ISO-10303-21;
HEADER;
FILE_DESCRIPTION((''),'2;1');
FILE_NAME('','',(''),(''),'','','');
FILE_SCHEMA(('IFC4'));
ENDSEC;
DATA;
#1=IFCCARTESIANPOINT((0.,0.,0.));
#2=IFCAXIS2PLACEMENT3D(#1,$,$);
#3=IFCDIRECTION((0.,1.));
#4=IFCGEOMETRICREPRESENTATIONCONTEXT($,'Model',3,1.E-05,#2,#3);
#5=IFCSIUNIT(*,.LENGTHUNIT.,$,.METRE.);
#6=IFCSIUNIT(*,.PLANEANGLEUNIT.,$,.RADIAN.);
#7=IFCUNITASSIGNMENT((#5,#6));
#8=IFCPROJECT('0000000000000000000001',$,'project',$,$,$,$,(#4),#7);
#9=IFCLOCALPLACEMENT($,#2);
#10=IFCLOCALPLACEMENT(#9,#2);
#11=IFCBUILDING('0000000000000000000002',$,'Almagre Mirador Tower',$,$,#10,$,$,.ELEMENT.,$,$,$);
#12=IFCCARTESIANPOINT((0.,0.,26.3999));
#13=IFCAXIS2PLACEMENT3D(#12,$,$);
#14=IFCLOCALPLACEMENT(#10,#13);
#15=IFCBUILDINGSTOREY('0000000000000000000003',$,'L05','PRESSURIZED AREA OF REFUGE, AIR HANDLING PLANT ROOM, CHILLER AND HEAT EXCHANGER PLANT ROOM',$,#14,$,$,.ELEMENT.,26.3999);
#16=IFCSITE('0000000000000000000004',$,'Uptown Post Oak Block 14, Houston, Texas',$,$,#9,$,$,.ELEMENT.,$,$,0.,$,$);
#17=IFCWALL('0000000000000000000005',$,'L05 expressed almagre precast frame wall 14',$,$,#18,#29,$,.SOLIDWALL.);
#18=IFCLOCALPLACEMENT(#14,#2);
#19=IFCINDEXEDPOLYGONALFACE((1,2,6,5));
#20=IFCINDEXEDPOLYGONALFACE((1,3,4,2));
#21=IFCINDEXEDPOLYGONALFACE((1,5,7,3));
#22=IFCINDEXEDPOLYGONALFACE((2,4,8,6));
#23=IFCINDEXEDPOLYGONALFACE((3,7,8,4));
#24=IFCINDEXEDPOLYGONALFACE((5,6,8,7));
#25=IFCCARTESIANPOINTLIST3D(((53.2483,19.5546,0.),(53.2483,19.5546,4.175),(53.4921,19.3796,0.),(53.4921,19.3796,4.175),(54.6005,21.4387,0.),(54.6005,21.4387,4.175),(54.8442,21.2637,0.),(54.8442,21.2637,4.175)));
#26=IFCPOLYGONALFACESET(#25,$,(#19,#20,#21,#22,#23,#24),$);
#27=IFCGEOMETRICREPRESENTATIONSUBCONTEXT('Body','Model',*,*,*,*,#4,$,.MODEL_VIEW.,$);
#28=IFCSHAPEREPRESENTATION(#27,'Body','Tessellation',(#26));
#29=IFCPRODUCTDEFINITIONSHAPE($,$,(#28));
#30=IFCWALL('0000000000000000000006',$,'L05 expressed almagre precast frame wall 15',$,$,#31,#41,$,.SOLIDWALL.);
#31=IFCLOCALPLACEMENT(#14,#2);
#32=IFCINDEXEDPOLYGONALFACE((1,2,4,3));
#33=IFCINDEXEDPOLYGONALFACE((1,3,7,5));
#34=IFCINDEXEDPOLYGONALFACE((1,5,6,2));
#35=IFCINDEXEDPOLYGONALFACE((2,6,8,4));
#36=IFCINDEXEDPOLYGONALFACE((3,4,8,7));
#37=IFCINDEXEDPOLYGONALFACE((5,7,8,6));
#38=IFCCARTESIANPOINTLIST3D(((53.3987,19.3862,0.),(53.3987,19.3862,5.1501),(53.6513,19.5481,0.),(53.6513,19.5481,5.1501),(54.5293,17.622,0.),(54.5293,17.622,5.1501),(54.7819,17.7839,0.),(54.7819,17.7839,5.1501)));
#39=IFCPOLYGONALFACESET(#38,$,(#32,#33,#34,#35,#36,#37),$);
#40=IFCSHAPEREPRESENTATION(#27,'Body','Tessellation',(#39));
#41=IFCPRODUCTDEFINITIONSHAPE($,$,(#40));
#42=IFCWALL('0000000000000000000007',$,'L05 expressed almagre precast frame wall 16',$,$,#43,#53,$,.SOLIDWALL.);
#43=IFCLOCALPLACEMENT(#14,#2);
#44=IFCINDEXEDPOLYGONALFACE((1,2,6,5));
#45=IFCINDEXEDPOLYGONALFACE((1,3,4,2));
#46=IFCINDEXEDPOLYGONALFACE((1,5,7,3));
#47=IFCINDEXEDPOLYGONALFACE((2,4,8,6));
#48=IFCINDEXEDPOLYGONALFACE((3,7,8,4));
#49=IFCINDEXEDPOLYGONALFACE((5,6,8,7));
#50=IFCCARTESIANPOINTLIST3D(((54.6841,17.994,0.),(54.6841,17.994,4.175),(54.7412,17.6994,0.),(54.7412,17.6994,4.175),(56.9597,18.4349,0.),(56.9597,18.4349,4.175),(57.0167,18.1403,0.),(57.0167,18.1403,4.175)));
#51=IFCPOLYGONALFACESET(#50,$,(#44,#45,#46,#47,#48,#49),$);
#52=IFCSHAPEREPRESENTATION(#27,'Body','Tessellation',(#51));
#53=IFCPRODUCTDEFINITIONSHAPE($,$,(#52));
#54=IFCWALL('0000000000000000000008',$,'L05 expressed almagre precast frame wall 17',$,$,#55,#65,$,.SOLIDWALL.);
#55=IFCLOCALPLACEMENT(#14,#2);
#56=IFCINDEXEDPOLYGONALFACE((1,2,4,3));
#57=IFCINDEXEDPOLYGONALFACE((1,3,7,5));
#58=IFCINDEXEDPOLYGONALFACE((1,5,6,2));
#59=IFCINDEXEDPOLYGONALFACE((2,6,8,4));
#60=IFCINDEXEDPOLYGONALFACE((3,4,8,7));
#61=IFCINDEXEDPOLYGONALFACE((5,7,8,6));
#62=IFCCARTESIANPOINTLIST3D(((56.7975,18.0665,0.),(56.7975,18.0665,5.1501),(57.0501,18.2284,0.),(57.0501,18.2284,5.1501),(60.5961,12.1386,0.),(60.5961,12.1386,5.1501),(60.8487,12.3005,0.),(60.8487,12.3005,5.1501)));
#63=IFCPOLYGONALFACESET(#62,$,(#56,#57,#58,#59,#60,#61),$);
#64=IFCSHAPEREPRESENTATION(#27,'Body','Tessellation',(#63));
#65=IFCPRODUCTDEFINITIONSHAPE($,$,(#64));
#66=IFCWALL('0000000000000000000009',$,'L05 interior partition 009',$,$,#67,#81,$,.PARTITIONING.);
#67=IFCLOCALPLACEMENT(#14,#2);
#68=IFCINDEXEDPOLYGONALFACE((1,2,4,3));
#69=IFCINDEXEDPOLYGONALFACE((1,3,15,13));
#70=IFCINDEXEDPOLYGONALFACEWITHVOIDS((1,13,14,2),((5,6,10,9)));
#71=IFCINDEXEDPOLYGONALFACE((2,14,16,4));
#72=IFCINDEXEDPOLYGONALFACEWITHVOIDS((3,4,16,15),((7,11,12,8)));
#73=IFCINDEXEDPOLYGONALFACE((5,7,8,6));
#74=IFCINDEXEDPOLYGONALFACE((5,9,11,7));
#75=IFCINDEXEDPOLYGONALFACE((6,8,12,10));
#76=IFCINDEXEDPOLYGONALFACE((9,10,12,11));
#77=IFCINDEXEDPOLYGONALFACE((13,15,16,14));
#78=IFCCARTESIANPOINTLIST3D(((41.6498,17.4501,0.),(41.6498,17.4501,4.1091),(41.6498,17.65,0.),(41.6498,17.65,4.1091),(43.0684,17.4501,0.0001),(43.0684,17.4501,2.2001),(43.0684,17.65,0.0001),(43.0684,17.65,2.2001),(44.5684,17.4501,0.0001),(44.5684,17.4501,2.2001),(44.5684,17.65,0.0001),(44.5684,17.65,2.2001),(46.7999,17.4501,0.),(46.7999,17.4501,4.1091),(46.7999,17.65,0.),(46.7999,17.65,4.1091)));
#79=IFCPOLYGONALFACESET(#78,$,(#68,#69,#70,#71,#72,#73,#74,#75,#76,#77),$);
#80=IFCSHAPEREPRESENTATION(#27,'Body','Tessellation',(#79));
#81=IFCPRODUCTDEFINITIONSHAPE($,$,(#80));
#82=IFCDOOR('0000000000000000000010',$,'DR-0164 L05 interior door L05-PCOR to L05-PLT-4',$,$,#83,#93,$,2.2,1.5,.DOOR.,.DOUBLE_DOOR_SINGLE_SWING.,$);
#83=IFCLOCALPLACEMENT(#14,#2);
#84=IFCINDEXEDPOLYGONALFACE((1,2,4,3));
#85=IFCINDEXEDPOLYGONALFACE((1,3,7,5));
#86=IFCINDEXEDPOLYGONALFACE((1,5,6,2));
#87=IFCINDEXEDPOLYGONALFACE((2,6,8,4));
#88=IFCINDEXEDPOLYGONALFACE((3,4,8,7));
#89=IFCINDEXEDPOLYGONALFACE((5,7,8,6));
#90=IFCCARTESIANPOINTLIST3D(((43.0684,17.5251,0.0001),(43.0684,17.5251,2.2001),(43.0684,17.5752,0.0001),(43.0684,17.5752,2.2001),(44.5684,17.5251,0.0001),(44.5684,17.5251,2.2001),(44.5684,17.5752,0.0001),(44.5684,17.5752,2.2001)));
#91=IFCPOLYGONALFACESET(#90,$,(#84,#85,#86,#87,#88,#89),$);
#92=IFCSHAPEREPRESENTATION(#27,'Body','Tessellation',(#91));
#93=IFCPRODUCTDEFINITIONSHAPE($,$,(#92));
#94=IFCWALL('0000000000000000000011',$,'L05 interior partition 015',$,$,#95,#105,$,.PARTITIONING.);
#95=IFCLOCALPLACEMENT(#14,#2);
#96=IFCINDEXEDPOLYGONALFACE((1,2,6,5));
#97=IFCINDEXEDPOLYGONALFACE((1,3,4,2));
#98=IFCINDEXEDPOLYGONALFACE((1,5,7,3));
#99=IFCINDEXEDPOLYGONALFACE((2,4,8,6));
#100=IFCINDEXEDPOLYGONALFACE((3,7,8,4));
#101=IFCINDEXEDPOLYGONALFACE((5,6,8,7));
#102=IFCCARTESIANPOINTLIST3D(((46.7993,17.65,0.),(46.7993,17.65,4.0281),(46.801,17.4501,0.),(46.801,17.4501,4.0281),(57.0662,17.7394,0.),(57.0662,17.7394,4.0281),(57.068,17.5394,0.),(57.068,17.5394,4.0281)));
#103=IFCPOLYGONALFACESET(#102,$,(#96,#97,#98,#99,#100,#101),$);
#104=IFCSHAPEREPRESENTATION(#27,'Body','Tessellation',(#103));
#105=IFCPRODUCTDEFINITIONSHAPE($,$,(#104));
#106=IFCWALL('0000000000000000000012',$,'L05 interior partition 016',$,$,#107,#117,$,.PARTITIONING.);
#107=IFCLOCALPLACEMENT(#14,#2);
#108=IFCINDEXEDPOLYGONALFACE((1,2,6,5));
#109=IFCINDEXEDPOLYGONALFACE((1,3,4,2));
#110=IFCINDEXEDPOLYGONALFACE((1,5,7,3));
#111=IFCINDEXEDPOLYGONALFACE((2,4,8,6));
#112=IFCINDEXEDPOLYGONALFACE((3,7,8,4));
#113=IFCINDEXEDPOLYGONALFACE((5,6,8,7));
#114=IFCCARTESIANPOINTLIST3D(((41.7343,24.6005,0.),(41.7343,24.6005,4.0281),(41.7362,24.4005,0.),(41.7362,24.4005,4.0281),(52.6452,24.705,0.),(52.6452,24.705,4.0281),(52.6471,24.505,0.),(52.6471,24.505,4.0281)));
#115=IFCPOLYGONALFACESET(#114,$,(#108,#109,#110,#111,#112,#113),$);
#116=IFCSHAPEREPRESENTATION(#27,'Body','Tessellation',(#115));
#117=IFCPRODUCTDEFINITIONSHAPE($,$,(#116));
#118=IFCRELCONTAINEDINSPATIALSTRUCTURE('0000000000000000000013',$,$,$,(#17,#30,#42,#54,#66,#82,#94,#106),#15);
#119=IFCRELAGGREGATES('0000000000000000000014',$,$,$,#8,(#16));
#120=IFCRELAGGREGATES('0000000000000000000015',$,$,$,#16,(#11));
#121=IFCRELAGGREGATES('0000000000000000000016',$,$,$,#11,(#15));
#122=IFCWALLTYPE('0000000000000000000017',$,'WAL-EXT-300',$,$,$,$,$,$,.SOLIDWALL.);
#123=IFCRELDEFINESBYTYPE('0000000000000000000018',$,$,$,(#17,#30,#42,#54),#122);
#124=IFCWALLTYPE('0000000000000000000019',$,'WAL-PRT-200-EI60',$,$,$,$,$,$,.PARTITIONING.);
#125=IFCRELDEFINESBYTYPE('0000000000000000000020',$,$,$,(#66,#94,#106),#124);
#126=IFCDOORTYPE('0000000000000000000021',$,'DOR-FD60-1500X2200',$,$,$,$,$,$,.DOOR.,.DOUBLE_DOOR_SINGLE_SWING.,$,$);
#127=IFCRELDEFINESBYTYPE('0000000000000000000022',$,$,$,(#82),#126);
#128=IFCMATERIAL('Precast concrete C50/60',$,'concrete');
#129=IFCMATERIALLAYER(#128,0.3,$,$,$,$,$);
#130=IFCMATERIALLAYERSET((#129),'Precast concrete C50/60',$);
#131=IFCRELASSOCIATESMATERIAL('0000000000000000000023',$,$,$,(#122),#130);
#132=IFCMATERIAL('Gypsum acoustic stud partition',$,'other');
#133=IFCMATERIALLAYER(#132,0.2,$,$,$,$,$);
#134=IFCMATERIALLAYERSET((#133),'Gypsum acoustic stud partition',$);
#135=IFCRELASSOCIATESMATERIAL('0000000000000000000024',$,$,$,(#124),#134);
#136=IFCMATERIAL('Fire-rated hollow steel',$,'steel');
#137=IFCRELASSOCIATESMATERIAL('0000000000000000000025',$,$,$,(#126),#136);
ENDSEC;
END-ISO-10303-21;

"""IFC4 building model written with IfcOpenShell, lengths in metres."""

from ifc_helpers import new_model, si_unit, direction, frame, frame_2d, origin, place, context, subcontext, project, spatial, rectangle, extrude, material, layer, layer_set, type_object, element, fill, save


model = new_model("IFC4")

# Units and contexts
model_context = context("Model", 3, precision=1e-05, world=origin(), true_north=direction((0.0, 1.0)))
body_context = subcontext(model_context, "Body", "Model", "MODEL_VIEW")
ifc_project = project(units=[si_unit("LENGTHUNIT", "METRE"), si_unit("PLANEANGLEUNIT", "RADIAN")], contexts=[model_context])

# Site, building, storey
site_placement = place(None, origin())
site = spatial("IfcSite", under=ifc_project, at=site_placement, Name="Uptown Post Oak Block 14, Houston, Texas", CompositionType="ELEMENT", RefElevation=0.0)
building_placement = place(site_placement, origin())
building = spatial("IfcBuilding", under=site, at=building_placement, Name="Almagre Mirador Tower", CompositionType="ELEMENT")
storey_placement = place(building_placement, frame((0.0, 0.0, 26.3999)))
storey = spatial("IfcBuildingStorey", under=building, at=storey_placement, Name="L05", Description="PRESSURIZED AREA OF REFUGE, AIR HANDLING PLANT ROOM, CHILLER AND HEAT EXCHANGER PLANT ROOM", CompositionType="ELEMENT", Elevation=26.3999)

# Walls
ifc_material_1 = material(Name="Precast concrete C50/60", Category="concrete")
ifc_layer_1 = layer(ifc_material_1, 0.3)
ifc_layer_set_1 = layer_set([ifc_layer_1], Name="Precast concrete C50/60")
wall_type_1 = type_object("IfcWallType", Name="WAL-EXT-300", PredefinedType="SOLIDWALL", material=ifc_layer_set_1)
wall_1_placement = place(storey_placement, frame((54.7224, 21.3513, 0.0), z_axis=(0.0, 0.0, 1.0), x_axis=(-0.583039, -0.812444, 0.0)))
element("IfcWall", 1, at=wall_1_placement, inside=storey, type_object=wall_type_1, Name="L05 expressed almagre precast frame wall 14", PredefinedType="SOLIDWALL", context=body_context, shape_type="SweptSolid", body=[
    extrude(rectangle(XDim=2.3191, YDim=0.3, at=frame_2d((1.1597, 0.0))), origin(), (0.0, 0.0, 1.0), 4.175),
])
wall_2_placement = place(storey_placement, frame((53.5249, 19.4673, 0.0), z_axis=(0.0, 0.0, 1.0), x_axis=(0.539579, -0.841935, 0.0)))
element("IfcWall", 2, at=wall_2_placement, inside=storey, type_object=wall_type_1, Name="L05 expressed almagre precast frame wall 15", PredefinedType="SOLIDWALL", context=body_context, shape_type="SweptSolid", body=[
    extrude(rectangle(XDim=2.0955, YDim=0.3, at=frame_2d((1.0479, 0.0))), origin(), (0.0, 0.0, 1.0), 5.1501),
])
wall_3_placement = place(storey_placement, frame((54.7126, 17.8467, 0.0), z_axis=(0.0, 0.0, 1.0), x_axis=(0.981742, 0.190218, 0.0)))
element("IfcWall", 3, at=wall_3_placement, inside=storey, type_object=wall_type_1, Name="L05 expressed almagre precast frame wall 16", PredefinedType="SOLIDWALL", context=body_context, shape_type="SweptSolid", body=[
    extrude(rectangle(XDim=2.3179, YDim=0.3, at=frame_2d((1.1589, 0.0))), origin(), (0.0, 0.0, 1.0), 4.175),
])
wall_4_placement = place(storey_placement, frame((56.9238, 18.1475, 0.0), z_axis=(0.0, 0.0, 1.0), x_axis=(0.539525, -0.84197, 0.0)))
element("IfcWall", 4, at=wall_4_placement, inside=storey, type_object=wall_type_1, Name="L05 expressed almagre precast frame wall 17", PredefinedType="SOLIDWALL", context=body_context, shape_type="SweptSolid", body=[
    extrude(rectangle(XDim=7.0405, YDim=0.3, at=frame_2d((3.5203, 0.0))), origin(), (0.0, 0.0, 1.0), 5.1501),
])

# Wall, opening, door
ifc_material_2 = material(Name="Gypsum acoustic stud partition", Category="other")
ifc_layer_2 = layer(ifc_material_2, 0.2)
ifc_layer_set_2 = layer_set([ifc_layer_2], Name="Gypsum acoustic stud partition")
wall_type_2 = type_object("IfcWallType", Name="WAL-PRT-200-EI60", PredefinedType="PARTITIONING", material=ifc_layer_set_2)
wall_5_placement = place(storey_placement, frame((46.8, 17.55, 0.0), z_axis=(0.0, 0.0, 1.0), x_axis=(-1.0, 0.0, 0.0)))
wall_5 = element("IfcWall", 5, at=wall_5_placement, inside=storey, type_object=wall_type_2, Name="L05 interior partition 009", PredefinedType="PARTITIONING", context=body_context, shape_type="SweptSolid", body=[
    extrude(rectangle(XDim=5.1501, YDim=0.2, at=frame_2d((2.5752, 0.0))), origin(), (0.0, 0.0, 1.0), 4.1091),
])
opening_placement = place(wall_5_placement, frame((2.2317, 0.0, 0.0)))
opening = element("IfcOpeningElement", 6, at=opening_placement, cuts=wall_5, PredefinedType="OPENING", context=body_context, shape_type="SweptSolid", body=[
    extrude(rectangle(XDim=1.5, YDim=2.2, at=frame_2d((0.75, 1.1001))), frame((0.0, 0.1101, 0.0), z_axis=(0.0, -1.0, 0.0), x_axis=(1.0, 0.0, 0.0)), (0.0, 0.0, 1.0), 0.22),
])
ifc_material_3 = material(Name="Fire-rated hollow steel", Category="steel")
door_type = type_object("IfcDoorType", Name="DOR-FD60-1500X2200", OperationType="DOUBLE_DOOR_SINGLE_SWING", PredefinedType="DOOR", material=ifc_material_3)
door_placement = place(opening_placement, origin())
door = element("IfcDoor", 7, at=door_placement, inside=storey, type_object=door_type, Name="DR-0164 L05 interior door L05-PCOR to L05-PLT-4", OperationType="DOUBLE_DOOR_SINGLE_SWING", OverallHeight=2.2, OverallWidth=1.5, PredefinedType="DOOR", context=body_context, shape_type="SweptSolid", body=[
    extrude(rectangle(XDim=1.5, YDim=2.2, at=frame_2d((0.75, 1.1001))), frame((0.0, 0.0249, 0.0), z_axis=(0.0, -1.0, 0.0), x_axis=(1.0, 0.0, 0.0)), (0.0, 0.0, 1.0), 0.05),
])
fill(opening, door)

# Walls
wall_6_placement = place(storey_placement, frame((46.8, 17.55, 0.0), z_axis=(0.0, 0.0, 1.0), x_axis=(0.999962, 0.008703, 0.0)))
element("IfcWall", 8, at=wall_6_placement, inside=storey, type_object=wall_type_2, Name="L05 interior partition 015", PredefinedType="PARTITIONING", context=body_context, shape_type="SweptSolid", body=[
    extrude(rectangle(XDim=10.2673, YDim=0.2, at=frame_2d((5.1338, 0.0))), origin(), (0.0, 0.0, 1.0), 4.0281),
])
wall_7_placement = place(storey_placement, frame((52.646, 24.605, 0.0), z_axis=(0.0, 0.0, 1.0), x_axis=(-0.999954, -0.009576, 0.0)))
element("IfcWall", 9, at=wall_7_placement, inside=storey, type_object=wall_type_2, Name="L05 interior partition 016", PredefinedType="PARTITIONING", context=body_context, shape_type="SweptSolid", body=[
    extrude(rectangle(XDim=10.9114, YDim=0.2, at=frame_2d((5.4556, 0.0))), origin(), (0.0, 0.0, 1.0), 4.0281),
])

save(model, "model.ifc")
